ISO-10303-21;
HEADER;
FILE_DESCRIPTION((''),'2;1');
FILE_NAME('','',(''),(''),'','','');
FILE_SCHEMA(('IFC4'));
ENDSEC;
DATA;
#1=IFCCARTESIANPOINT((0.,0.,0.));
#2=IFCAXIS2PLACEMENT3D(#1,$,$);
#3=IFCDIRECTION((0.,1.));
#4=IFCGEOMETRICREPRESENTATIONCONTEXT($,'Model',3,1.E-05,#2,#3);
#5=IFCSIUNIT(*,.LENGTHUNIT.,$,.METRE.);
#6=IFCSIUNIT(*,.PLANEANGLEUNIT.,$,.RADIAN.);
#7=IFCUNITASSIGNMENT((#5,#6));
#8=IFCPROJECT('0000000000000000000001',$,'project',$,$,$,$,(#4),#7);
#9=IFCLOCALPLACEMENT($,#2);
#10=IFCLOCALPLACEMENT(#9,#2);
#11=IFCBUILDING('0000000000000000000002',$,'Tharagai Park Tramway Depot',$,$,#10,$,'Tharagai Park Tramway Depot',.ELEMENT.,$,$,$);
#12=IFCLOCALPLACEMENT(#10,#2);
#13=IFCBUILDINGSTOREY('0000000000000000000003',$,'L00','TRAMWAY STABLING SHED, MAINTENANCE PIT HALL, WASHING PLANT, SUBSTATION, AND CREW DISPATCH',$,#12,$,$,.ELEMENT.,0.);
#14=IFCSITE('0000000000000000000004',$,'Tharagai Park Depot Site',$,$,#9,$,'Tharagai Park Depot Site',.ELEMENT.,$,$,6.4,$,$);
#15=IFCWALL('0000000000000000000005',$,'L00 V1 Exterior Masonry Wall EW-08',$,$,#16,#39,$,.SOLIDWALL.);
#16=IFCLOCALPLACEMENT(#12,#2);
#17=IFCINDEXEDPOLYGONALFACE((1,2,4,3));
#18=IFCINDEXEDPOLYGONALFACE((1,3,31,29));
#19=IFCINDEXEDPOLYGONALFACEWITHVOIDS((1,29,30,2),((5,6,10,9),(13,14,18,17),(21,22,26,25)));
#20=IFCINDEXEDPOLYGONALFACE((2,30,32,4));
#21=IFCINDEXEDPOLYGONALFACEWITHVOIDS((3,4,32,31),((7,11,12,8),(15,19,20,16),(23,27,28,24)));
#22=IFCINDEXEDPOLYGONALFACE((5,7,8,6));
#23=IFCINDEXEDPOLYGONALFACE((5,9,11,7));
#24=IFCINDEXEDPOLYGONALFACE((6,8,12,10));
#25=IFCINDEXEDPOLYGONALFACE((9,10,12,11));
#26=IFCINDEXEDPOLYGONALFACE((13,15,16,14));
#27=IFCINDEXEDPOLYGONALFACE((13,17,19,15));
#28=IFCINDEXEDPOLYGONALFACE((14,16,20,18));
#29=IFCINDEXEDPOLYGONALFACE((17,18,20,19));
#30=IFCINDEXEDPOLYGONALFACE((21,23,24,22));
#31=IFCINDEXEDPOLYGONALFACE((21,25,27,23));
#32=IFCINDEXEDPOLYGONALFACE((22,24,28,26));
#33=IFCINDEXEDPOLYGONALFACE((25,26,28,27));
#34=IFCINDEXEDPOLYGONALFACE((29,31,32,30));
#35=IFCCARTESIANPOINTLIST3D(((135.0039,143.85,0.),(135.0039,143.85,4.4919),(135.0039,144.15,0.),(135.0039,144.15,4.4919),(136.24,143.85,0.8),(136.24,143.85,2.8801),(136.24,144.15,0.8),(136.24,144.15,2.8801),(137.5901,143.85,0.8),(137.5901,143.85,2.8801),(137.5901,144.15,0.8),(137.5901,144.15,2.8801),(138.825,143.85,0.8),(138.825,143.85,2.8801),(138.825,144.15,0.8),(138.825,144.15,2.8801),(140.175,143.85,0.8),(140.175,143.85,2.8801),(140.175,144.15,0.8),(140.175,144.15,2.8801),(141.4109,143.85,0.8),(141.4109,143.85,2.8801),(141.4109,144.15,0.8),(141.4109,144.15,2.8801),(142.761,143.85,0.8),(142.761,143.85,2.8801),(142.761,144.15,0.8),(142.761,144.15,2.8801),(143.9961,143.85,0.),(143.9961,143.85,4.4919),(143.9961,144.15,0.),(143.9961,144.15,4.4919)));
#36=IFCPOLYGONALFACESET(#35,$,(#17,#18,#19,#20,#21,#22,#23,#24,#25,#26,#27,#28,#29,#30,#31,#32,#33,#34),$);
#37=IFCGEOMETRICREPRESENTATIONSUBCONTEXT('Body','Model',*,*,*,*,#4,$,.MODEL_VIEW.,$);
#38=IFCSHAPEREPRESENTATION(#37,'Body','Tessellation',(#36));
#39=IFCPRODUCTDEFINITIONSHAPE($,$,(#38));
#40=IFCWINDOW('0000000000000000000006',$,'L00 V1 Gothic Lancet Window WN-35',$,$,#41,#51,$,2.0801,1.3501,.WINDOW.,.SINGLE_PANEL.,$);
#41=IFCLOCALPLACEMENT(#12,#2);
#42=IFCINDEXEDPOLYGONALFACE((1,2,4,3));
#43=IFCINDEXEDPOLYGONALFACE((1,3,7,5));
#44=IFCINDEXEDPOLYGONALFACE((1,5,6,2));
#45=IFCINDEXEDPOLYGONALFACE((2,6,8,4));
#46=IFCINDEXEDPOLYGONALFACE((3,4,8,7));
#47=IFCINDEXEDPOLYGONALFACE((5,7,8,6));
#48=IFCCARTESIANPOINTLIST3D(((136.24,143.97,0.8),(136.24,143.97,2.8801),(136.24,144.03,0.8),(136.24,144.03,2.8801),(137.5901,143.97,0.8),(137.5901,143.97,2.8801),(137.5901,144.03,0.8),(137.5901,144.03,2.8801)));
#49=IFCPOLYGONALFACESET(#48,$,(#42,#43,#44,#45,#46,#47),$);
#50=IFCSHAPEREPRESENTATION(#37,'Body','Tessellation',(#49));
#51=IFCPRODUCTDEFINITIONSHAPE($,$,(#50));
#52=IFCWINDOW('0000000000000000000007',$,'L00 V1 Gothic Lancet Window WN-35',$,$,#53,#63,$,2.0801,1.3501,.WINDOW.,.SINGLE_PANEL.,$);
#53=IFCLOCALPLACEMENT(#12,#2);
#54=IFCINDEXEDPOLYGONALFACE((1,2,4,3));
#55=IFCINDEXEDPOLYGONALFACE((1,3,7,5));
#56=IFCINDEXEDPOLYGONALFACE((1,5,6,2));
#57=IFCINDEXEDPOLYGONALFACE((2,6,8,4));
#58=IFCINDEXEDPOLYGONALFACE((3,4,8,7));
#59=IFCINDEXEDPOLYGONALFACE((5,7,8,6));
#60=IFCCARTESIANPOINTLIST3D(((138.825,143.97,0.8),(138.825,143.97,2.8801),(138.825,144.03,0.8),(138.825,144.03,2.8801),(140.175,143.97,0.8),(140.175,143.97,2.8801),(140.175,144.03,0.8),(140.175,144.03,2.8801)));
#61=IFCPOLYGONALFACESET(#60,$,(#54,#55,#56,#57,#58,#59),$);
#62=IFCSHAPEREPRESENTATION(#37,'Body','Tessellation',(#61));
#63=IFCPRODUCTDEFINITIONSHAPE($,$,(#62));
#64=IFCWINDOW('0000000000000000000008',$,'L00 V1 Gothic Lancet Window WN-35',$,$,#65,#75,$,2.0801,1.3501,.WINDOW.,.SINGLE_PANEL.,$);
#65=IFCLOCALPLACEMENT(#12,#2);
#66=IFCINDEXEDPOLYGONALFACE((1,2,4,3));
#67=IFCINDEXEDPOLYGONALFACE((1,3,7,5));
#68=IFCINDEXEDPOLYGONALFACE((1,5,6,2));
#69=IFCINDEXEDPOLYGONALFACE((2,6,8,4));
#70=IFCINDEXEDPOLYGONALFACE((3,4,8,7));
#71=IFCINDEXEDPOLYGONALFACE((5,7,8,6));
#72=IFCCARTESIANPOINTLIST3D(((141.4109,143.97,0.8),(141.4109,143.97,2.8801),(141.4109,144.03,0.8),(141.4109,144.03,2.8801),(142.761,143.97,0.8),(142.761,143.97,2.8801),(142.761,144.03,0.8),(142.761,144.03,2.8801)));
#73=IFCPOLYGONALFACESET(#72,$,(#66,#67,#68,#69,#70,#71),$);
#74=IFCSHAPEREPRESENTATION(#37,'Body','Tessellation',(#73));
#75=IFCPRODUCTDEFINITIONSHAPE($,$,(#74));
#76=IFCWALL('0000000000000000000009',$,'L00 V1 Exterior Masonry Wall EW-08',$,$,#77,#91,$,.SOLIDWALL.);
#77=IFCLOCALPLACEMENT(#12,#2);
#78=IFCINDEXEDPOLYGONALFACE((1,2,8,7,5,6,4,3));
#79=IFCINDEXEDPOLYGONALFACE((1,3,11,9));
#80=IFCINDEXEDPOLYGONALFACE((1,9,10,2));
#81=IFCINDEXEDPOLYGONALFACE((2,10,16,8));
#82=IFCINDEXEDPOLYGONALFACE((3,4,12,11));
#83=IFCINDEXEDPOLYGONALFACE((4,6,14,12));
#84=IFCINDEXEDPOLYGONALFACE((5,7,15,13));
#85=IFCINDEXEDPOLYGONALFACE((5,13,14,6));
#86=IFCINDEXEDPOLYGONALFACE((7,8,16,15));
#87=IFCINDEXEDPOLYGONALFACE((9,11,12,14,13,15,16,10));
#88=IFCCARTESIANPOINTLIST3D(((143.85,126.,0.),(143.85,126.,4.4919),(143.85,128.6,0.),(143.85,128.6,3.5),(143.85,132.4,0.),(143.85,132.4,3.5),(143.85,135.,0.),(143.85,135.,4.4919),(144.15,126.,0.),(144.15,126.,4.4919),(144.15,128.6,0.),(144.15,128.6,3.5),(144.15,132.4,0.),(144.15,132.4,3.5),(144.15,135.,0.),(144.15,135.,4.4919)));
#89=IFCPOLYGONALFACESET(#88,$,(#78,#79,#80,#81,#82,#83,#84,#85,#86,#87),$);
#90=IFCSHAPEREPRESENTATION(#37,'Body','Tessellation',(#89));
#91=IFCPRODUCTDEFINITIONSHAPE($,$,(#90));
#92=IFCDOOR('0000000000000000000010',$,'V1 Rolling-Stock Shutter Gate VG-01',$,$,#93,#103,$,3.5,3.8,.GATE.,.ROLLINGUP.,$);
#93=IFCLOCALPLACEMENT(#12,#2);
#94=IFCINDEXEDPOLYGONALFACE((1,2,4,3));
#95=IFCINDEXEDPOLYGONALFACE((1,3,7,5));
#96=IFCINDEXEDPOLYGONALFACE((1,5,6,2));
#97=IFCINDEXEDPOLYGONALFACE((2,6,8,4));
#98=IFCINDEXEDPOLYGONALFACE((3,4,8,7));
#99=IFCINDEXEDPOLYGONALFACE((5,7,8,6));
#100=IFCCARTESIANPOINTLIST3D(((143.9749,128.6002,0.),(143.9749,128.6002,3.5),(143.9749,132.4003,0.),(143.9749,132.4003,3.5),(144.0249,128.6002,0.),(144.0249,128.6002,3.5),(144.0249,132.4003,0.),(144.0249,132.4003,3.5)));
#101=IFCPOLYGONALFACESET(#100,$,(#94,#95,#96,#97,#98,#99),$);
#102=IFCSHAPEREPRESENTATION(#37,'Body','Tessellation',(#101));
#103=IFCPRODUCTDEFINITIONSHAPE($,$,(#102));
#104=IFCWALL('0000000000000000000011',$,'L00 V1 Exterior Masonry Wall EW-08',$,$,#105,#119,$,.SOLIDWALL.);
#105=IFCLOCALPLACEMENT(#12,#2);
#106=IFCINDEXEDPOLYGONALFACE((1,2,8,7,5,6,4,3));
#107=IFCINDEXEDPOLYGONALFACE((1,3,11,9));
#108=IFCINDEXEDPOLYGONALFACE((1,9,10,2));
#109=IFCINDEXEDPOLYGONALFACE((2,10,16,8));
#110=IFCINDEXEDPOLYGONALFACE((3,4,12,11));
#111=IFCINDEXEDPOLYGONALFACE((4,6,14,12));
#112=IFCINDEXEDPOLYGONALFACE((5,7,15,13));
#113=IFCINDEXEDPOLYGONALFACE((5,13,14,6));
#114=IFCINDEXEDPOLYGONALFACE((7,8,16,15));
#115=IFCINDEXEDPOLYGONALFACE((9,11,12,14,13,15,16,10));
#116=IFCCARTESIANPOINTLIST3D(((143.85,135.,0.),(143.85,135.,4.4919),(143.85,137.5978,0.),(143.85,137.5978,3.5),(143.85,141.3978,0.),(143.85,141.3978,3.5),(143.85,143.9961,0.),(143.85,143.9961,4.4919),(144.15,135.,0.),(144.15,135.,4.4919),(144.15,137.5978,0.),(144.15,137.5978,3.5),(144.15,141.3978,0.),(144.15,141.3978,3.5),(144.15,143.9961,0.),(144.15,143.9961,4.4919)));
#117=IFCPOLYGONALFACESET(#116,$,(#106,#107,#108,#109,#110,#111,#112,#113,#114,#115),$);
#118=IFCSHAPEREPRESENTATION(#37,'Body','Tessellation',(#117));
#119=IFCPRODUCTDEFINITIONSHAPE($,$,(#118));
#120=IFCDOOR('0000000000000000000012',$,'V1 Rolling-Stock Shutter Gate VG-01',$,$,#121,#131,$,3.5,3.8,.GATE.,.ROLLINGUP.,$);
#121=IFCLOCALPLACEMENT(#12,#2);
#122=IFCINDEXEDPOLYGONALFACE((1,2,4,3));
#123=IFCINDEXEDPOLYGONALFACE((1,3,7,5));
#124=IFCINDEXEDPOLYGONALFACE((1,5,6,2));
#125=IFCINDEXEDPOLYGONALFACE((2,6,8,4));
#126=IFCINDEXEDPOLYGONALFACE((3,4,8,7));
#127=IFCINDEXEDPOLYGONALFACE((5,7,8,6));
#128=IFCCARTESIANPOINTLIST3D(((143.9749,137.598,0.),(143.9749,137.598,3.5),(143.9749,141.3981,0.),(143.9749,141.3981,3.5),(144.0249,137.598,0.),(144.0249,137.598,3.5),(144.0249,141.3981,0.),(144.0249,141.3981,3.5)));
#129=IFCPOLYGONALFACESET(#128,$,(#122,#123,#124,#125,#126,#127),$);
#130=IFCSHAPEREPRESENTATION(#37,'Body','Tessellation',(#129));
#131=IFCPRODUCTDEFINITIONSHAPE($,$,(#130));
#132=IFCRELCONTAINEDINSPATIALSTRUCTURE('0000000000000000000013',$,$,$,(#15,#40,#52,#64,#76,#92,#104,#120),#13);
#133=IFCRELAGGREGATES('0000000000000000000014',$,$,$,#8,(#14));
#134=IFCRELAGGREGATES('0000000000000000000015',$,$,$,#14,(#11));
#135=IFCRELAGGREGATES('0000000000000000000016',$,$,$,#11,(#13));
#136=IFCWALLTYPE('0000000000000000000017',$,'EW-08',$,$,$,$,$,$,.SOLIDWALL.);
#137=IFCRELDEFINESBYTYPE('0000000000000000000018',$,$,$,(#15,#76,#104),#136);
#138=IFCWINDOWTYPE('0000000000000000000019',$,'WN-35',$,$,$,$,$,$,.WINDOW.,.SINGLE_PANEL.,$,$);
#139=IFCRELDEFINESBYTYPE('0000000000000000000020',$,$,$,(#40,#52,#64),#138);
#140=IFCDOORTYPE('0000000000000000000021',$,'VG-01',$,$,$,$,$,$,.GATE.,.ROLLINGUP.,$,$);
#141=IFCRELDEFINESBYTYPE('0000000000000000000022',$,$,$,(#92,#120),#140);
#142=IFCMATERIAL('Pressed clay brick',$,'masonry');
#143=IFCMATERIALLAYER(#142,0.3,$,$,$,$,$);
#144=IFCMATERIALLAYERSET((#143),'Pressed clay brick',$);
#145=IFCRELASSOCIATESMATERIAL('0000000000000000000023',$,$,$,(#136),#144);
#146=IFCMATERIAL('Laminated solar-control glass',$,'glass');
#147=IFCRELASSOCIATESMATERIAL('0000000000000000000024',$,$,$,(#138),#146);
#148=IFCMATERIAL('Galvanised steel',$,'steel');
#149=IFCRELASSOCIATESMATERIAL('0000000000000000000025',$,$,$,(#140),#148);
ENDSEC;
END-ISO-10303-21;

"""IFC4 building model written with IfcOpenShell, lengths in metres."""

from ifc_helpers import new_model, si_unit, direction, frame, frame_2d, origin, place, context, subcontext, project, spatial, rectangle, extrude, material, layer, layer_set, type_object, element, fill, save


model = new_model("IFC4")

# Units and contexts
model_context = context("Model", 3, precision=1e-05, world=origin(), true_north=direction((0.0, 1.0)))
body_context = subcontext(model_context, "Body", "Model", "MODEL_VIEW")
ifc_project = project(units=[si_unit("LENGTHUNIT", "METRE"), si_unit("PLANEANGLEUNIT", "RADIAN")], contexts=[model_context])

# Site, building, storey
site_placement = place(None, origin())
site = spatial("IfcSite", under=ifc_project, at=site_placement, Name="Tharagai Park Depot Site", LongName="Tharagai Park Depot Site", CompositionType="ELEMENT", RefElevation=6.4)
building_placement = place(site_placement, origin())
building = spatial("IfcBuilding", under=site, at=building_placement, Name="Tharagai Park Tramway Depot", LongName="Tharagai Park Tramway Depot", CompositionType="ELEMENT")
storey_placement = place(building_placement, origin())
storey = spatial("IfcBuildingStorey", under=building, at=storey_placement, Name="L00", Description="TRAMWAY STABLING SHED, MAINTENANCE PIT HALL, WASHING PLANT, SUBSTATION, AND CREW DISPATCH", CompositionType="ELEMENT", Elevation=0.0)

# Wall, openings, windows
ifc_material_1 = material(Name="Pressed clay brick", Category="masonry")
ifc_layer = layer(ifc_material_1, 0.3)
ifc_layer_set = layer_set([ifc_layer], Name="Pressed clay brick")
wall_type = type_object("IfcWallType", Name="EW-08", PredefinedType="SOLIDWALL", material=ifc_layer_set)
ifc_material_2 = material(Name="Laminated solar-control glass", Category="glass")
wall_1_placement = place(storey_placement, frame((135.0039, 144.0, 0.0), z_axis=(0.0, 0.0, 1.0), x_axis=(1.0, 0.0, 0.0)))
wall_1 = element("IfcWall", 1, at=wall_1_placement, inside=storey, type_object=wall_type, Name="L00 V1 Exterior Masonry Wall EW-08", PredefinedType="SOLIDWALL", context=body_context, shape_type="SweptSolid", body=[
    extrude(rectangle(XDim=8.9922, YDim=0.3, at=frame_2d((4.4961, 0.0))), origin(), (0.0, 0.0, 1.0), 4.4919),
])
opening_1_placement = place(wall_1_placement, frame((1.2361, 0.0, 0.8)))
opening_1 = element("IfcOpeningElement", 2, at=opening_1_placement, cuts=wall_1, PredefinedType="OPENING", context=body_context, shape_type="SweptSolid", body=[
    extrude(rectangle(XDim=1.3501, YDim=2.0801, at=frame_2d((0.675, 1.04))), frame((0.0, 0.1599, 0.0), z_axis=(0.0, -1.0, 0.0), x_axis=(1.0, 0.0, 0.0)), (0.0, 0.0, 1.0), 0.3201),
])
opening_2_placement = place(wall_1_placement, frame((3.821, 0.0, 0.8)))
opening_2 = element("IfcOpeningElement", 3, at=opening_2_placement, cuts=wall_1, PredefinedType="OPENING", context=body_context, shape_type="SweptSolid", body=[
    extrude(rectangle(XDim=1.3501, YDim=2.0801, at=frame_2d((0.675, 1.04))), frame((0.0, 0.1599, 0.0), z_axis=(0.0, -1.0, 0.0), x_axis=(1.0, 0.0, 0.0)), (0.0, 0.0, 1.0), 0.3201),
])
opening_3_placement = place(wall_1_placement, frame((6.407, 0.0, 0.8)))
opening_3 = element("IfcOpeningElement", 4, at=opening_3_placement, cuts=wall_1, PredefinedType="OPENING", context=body_context, shape_type="SweptSolid", body=[
    extrude(rectangle(XDim=1.3501, YDim=2.0801, at=frame_2d((0.675, 1.04))), frame((0.0, 0.1599, 0.0), z_axis=(0.0, -1.0, 0.0), x_axis=(1.0, 0.0, 0.0)), (0.0, 0.0, 1.0), 0.3201),
])
window_type_1 = type_object("IfcWindowType", Name="WN-35", PartitioningType="SINGLE_PANEL", PredefinedType="WINDOW", material=ifc_material_2)
window_1_placement = place(opening_1_placement, origin())
window_1 = element("IfcWindow", 5, at=window_1_placement, inside=storey, type_object=window_type_1, Name="L00 V1 Gothic Lancet Window WN-35", OverallHeight=2.0801, OverallWidth=1.3501, PartitioningType="SINGLE_PANEL", PredefinedType="WINDOW", context=body_context, shape_type="SweptSolid", body=[
    extrude(rectangle(XDim=1.3501, YDim=2.0801, at=frame_2d((0.675, 1.04))), frame((0.0, 0.03, 0.0), z_axis=(0.0, -1.0, 0.0), x_axis=(1.0, 0.0, 0.0)), (0.0, 0.0, 1.0), 0.0601),
])
fill(opening_1, window_1)
window_2_placement = place(opening_2_placement, origin())
window_2 = element("IfcWindow", 6, at=window_2_placement, inside=storey, type_object=window_type_1, Name="L00 V1 Gothic Lancet Window WN-35", OverallHeight=2.0801, OverallWidth=1.3501, PartitioningType="SINGLE_PANEL", PredefinedType="WINDOW", context=body_context, shape_type="SweptSolid", body=[
    extrude(rectangle(XDim=1.3501, YDim=2.0801, at=frame_2d((0.675, 1.04))), frame((0.0, 0.03, 0.0), z_axis=(0.0, -1.0, 0.0), x_axis=(1.0, 0.0, 0.0)), (0.0, 0.0, 1.0), 0.0601),
])
fill(opening_2, window_2)
window_3_placement = place(opening_3_placement, origin())
window_3 = element("IfcWindow", 7, at=window_3_placement, inside=storey, type_object=window_type_1, Name="L00 V1 Gothic Lancet Window WN-35", OverallHeight=2.0801, OverallWidth=1.3501, PartitioningType="SINGLE_PANEL", PredefinedType="WINDOW", context=body_context, shape_type="SweptSolid", body=[
    extrude(rectangle(XDim=1.3501, YDim=2.0801, at=frame_2d((0.675, 1.04))), frame((0.0, 0.03, 0.0), z_axis=(0.0, -1.0, 0.0), x_axis=(1.0, 0.0, 0.0)), (0.0, 0.0, 1.0), 0.0601),
])
fill(opening_3, window_3)

# Walls, openings, doors
wall_2_placement = place(storey_placement, frame((144.0, 126.0, 0.0), z_axis=(0.0, 0.0, 1.0), x_axis=(0.0, 1.0, 0.0)))
wall_2 = element("IfcWall", 8, at=wall_2_placement, inside=storey, type_object=wall_type, Name="L00 V1 Exterior Masonry Wall EW-08", PredefinedType="SOLIDWALL", context=body_context, shape_type="SweptSolid", body=[
    extrude(rectangle(XDim=9.0, YDim=0.3, at=frame_2d((4.5, 0.0))), origin(), (0.0, 0.0, 1.0), 4.4919),
])
opening_4_placement = place(wall_2_placement, frame((2.6001, 0.0, 0.0)))
opening_4 = element("IfcOpeningElement", 9, at=opening_4_placement, cuts=wall_2, PredefinedType="OPENING", context=body_context, shape_type="SweptSolid", body=[
    extrude(rectangle(XDim=3.8, YDim=3.5, at=frame_2d((1.8999, 1.75))), frame((0.0, 0.1599, 0.0), z_axis=(0.0, -1.0, 0.0), x_axis=(1.0, 0.0, 0.0)), (0.0, 0.0, 1.0), 0.3201),
])
ifc_material_3 = material(Name="Galvanised steel", Category="steel")
door_type = type_object("IfcDoorType", Name="VG-01", OperationType="ROLLINGUP", PredefinedType="GATE", material=ifc_material_3)
door_1_placement = place(opening_4_placement, frame((3.8, 0.0, 0.0), z_axis=(0.0, 0.0, 1.0), x_axis=(-1.0, 0.0, 0.0)))
door_1 = element("IfcDoor", 10, at=door_1_placement, inside=storey, type_object=door_type, Name="V1 Rolling-Stock Shutter Gate VG-01", OperationType="ROLLINGUP", OverallHeight=3.5, OverallWidth=3.8, PredefinedType="GATE", context=body_context, shape_type="SweptSolid", body=[
    extrude(rectangle(XDim=3.8, YDim=3.5, at=frame_2d((1.8999, 1.75))), frame((0.0, 0.0249, 0.0), z_axis=(0.0, -1.0, 0.0), x_axis=(1.0, 0.0, 0.0)), (0.0, 0.0, 1.0), 0.05),
])
fill(opening_4, door_1)
wall_3_placement = place(storey_placement, frame((144.0, 135.0, 0.0), z_axis=(0.0, 0.0, 1.0), x_axis=(0.0, 1.0, 0.0)))
wall_3 = element("IfcWall", 11, at=wall_3_placement, inside=storey, type_object=wall_type, Name="L00 V1 Exterior Masonry Wall EW-08", PredefinedType="SOLIDWALL", context=body_context, shape_type="SweptSolid", body=[
    extrude(rectangle(XDim=8.9961, YDim=0.3, at=frame_2d((4.498, 0.0))), origin(), (0.0, 0.0, 1.0), 4.4919),
])
opening_5_placement = place(wall_3_placement, frame((2.5979, 0.0, 0.0)))
opening_5 = element("IfcOpeningElement", 12, at=opening_5_placement, cuts=wall_3, PredefinedType="OPENING", context=body_context, shape_type="SweptSolid", body=[
    extrude(rectangle(XDim=3.8, YDim=3.5, at=frame_2d((1.8999, 1.75))), frame((0.0, 0.1599, 0.0), z_axis=(0.0, -1.0, 0.0), x_axis=(1.0, 0.0, 0.0)), (0.0, 0.0, 1.0), 0.3201),
])
door_2_placement = place(opening_5_placement, frame((3.8, 0.0, 0.0), z_axis=(0.0, 0.0, 1.0), x_axis=(-1.0, 0.0, 0.0)))
door_2 = element("IfcDoor", 13, at=door_2_placement, inside=storey, type_object=door_type, Name="V1 Rolling-Stock Shutter Gate VG-01", OperationType="ROLLINGUP", OverallHeight=3.5, OverallWidth=3.8, PredefinedType="GATE", context=body_context, shape_type="SweptSolid", body=[
    extrude(rectangle(XDim=3.8, YDim=3.5, at=frame_2d((1.8999, 1.75))), frame((0.0, 0.0249, 0.0), z_axis=(0.0, -1.0, 0.0), x_axis=(1.0, 0.0, 0.0)), (0.0, 0.0, 1.0), 0.05),
])
fill(opening_5, door_2)

save(model, "model.ifc")
